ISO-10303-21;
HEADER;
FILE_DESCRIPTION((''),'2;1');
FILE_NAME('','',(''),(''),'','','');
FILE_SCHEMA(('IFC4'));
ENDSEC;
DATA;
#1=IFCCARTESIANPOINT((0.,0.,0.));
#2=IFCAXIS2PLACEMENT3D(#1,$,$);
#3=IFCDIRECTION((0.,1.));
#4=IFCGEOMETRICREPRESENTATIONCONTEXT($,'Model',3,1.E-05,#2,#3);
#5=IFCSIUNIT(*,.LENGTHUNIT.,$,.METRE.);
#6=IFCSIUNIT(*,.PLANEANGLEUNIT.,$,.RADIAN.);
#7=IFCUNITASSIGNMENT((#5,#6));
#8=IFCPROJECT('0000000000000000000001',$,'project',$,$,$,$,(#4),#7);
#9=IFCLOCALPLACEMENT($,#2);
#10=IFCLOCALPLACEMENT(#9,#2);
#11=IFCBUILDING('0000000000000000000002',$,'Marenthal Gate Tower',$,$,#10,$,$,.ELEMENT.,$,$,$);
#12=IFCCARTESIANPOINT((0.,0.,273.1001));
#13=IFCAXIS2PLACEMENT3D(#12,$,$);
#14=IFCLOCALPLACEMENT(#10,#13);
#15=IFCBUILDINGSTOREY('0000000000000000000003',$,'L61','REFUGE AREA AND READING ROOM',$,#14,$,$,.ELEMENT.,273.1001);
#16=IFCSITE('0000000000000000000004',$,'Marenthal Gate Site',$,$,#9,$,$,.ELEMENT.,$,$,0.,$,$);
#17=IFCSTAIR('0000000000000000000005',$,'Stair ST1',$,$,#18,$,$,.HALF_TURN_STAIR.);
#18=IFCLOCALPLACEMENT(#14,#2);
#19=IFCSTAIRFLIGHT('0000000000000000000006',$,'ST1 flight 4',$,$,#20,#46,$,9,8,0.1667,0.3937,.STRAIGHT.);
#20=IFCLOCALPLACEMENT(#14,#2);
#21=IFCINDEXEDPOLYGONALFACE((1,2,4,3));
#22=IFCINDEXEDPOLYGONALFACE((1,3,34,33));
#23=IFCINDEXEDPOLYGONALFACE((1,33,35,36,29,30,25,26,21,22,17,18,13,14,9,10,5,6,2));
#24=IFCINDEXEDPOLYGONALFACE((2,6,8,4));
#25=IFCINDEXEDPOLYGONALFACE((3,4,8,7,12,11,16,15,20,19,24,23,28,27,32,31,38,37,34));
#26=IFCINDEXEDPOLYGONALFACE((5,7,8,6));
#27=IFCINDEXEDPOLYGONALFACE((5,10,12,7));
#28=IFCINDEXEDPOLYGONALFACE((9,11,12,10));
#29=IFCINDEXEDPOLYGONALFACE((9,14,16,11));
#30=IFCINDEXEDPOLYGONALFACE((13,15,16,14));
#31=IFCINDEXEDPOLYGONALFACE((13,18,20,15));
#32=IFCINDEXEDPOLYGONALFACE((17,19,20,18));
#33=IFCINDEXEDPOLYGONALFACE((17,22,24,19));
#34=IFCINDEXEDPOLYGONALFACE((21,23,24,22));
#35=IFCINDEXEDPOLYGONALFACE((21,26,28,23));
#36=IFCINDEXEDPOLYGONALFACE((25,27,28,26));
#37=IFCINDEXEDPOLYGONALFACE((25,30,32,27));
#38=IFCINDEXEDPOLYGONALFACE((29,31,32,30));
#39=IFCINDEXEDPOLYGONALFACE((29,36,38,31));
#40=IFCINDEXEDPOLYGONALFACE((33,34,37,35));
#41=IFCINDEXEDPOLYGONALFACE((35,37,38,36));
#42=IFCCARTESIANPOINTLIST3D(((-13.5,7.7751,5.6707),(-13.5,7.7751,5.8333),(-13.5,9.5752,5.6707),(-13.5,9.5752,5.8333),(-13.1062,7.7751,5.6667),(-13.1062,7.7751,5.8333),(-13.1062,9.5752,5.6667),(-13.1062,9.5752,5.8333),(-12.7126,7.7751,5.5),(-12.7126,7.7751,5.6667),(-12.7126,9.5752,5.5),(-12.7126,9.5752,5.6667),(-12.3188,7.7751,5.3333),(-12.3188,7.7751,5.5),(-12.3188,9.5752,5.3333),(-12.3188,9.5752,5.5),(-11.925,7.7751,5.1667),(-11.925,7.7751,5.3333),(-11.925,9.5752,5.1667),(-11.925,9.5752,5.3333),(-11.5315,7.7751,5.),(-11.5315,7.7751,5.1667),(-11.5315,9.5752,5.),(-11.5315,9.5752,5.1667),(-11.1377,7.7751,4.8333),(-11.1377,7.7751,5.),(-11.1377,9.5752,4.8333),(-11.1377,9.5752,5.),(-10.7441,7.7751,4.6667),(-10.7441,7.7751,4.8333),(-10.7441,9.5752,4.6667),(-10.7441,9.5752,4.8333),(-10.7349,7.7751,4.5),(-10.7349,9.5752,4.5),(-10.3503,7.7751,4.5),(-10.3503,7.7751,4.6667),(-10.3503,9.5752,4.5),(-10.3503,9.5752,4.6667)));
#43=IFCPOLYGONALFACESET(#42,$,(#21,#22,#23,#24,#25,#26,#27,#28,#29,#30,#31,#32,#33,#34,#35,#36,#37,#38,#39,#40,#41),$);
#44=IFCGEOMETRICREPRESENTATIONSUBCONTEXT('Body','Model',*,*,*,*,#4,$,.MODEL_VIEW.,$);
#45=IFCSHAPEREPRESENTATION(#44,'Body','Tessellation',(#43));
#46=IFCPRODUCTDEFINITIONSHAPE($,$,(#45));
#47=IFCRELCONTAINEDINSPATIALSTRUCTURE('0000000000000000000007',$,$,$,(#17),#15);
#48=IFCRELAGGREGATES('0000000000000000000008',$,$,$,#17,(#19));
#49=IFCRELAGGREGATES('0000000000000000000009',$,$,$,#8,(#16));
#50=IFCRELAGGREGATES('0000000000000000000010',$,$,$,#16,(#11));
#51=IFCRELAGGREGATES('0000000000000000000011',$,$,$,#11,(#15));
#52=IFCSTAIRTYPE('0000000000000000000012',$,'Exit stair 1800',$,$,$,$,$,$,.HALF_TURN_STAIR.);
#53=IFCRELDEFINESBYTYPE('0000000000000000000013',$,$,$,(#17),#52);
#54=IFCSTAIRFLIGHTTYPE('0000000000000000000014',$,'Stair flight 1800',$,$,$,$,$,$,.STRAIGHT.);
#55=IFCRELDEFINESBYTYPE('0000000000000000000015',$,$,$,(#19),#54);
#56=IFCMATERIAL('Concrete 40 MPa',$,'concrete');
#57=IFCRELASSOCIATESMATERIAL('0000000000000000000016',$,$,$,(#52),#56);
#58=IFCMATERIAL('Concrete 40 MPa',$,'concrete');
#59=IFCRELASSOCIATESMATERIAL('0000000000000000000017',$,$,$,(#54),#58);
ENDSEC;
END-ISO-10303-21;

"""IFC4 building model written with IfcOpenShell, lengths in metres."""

from ifc_helpers import new_model, si_unit, direction, frame, origin, place, context, subcontext, project, spatial, polyline, outline, extrude, material, type_object, element, aggregate, save


model = new_model("IFC4")

# Units and contexts
model_context = context("Model", 3, precision=1e-05, world=origin(), true_north=direction((0.0, 1.0)))
body_context = subcontext(model_context, "Body", "Model", "MODEL_VIEW")
ifc_project = project(units=[si_unit("LENGTHUNIT", "METRE"), si_unit("PLANEANGLEUNIT", "RADIAN")], contexts=[model_context])

# Site, building, storey
site_placement = place(None, origin())
site = spatial("IfcSite", under=ifc_project, at=site_placement, Name="Marenthal Gate Site", CompositionType="ELEMENT", RefElevation=0.0)
building_placement = place(site_placement, origin())
building = spatial("IfcBuilding", under=site, at=building_placement, Name="Marenthal Gate Tower", CompositionType="ELEMENT")
storey_placement = place(building_placement, frame((0.0, 0.0, 273.1001)))
storey = spatial("IfcBuildingStorey", under=building, at=storey_placement, Name="L61", Description="REFUGE AREA AND READING ROOM", CompositionType="ELEMENT", Elevation=273.1001)

# Stair, stair flight
ifc_material_1 = material(Name="Concrete 40 MPa", Category="concrete")
stair_type = type_object("IfcStairType", Name="Exit stair 1800", PredefinedType="HALF_TURN_STAIR", material=ifc_material_1)
stair_placement = place(storey_placement, origin())
stair = element("IfcStair", 1, at=stair_placement, inside=storey, type_object=stair_type, Name="Stair ST1", PredefinedType="HALF_TURN_STAIR")
ifc_material_2 = material(Name="Concrete 40 MPa", Category="concrete")
stair_flight_type = type_object("IfcStairFlightType", Name="Stair flight 1800", PredefinedType="STRAIGHT", material=ifc_material_2)
stair_flight_1_placement = place(storey_placement, frame((-10.3503, 8.675, 4.5), z_axis=(0.0, 0.0, 1.0), x_axis=(-1.0, 0.0, 0.0)))
stair_flight_1 = element("IfcStairFlight", 2, at=stair_flight_1_placement, type_object=stair_flight_type, Name="ST1 flight 4", NumberOfRisers=9, NumberOfTreads=8, PredefinedType="STRAIGHT", RiserHeight=0.1667, TreadLength=0.3937, context=body_context, shape_type="SweptSolid", body=[
    extrude(outline(polyline([(0.0, 0.0), (0.0, 0.1667), (0.3938, 0.1667), (0.3938, 0.3333), (0.7874, 0.3333), (0.7874, 0.5), (1.1812, 0.5), (1.1812, 0.6667), (1.5747, 0.6667), (1.5747, 0.8333), (1.9685, 0.8333), (1.9685, 1.0), (2.3623, 1.0), (2.3623, 1.1667), (2.7559, 1.1667), (2.7559, 1.3333), (3.1497, 1.3333), (3.1497, 1.5), (3.1497, 1.1707), (0.3845, 0.0), (0.0, 0.0)])), frame((0.0, 0.8999, 0.0), z_axis=(0.0, -1.0, 0.0), x_axis=(1.0, 0.0, 0.0)), (0.0, 0.0, 1.0), 1.8),
])
aggregate(stair, [stair_flight_1])

save(model, "model.ifc")
